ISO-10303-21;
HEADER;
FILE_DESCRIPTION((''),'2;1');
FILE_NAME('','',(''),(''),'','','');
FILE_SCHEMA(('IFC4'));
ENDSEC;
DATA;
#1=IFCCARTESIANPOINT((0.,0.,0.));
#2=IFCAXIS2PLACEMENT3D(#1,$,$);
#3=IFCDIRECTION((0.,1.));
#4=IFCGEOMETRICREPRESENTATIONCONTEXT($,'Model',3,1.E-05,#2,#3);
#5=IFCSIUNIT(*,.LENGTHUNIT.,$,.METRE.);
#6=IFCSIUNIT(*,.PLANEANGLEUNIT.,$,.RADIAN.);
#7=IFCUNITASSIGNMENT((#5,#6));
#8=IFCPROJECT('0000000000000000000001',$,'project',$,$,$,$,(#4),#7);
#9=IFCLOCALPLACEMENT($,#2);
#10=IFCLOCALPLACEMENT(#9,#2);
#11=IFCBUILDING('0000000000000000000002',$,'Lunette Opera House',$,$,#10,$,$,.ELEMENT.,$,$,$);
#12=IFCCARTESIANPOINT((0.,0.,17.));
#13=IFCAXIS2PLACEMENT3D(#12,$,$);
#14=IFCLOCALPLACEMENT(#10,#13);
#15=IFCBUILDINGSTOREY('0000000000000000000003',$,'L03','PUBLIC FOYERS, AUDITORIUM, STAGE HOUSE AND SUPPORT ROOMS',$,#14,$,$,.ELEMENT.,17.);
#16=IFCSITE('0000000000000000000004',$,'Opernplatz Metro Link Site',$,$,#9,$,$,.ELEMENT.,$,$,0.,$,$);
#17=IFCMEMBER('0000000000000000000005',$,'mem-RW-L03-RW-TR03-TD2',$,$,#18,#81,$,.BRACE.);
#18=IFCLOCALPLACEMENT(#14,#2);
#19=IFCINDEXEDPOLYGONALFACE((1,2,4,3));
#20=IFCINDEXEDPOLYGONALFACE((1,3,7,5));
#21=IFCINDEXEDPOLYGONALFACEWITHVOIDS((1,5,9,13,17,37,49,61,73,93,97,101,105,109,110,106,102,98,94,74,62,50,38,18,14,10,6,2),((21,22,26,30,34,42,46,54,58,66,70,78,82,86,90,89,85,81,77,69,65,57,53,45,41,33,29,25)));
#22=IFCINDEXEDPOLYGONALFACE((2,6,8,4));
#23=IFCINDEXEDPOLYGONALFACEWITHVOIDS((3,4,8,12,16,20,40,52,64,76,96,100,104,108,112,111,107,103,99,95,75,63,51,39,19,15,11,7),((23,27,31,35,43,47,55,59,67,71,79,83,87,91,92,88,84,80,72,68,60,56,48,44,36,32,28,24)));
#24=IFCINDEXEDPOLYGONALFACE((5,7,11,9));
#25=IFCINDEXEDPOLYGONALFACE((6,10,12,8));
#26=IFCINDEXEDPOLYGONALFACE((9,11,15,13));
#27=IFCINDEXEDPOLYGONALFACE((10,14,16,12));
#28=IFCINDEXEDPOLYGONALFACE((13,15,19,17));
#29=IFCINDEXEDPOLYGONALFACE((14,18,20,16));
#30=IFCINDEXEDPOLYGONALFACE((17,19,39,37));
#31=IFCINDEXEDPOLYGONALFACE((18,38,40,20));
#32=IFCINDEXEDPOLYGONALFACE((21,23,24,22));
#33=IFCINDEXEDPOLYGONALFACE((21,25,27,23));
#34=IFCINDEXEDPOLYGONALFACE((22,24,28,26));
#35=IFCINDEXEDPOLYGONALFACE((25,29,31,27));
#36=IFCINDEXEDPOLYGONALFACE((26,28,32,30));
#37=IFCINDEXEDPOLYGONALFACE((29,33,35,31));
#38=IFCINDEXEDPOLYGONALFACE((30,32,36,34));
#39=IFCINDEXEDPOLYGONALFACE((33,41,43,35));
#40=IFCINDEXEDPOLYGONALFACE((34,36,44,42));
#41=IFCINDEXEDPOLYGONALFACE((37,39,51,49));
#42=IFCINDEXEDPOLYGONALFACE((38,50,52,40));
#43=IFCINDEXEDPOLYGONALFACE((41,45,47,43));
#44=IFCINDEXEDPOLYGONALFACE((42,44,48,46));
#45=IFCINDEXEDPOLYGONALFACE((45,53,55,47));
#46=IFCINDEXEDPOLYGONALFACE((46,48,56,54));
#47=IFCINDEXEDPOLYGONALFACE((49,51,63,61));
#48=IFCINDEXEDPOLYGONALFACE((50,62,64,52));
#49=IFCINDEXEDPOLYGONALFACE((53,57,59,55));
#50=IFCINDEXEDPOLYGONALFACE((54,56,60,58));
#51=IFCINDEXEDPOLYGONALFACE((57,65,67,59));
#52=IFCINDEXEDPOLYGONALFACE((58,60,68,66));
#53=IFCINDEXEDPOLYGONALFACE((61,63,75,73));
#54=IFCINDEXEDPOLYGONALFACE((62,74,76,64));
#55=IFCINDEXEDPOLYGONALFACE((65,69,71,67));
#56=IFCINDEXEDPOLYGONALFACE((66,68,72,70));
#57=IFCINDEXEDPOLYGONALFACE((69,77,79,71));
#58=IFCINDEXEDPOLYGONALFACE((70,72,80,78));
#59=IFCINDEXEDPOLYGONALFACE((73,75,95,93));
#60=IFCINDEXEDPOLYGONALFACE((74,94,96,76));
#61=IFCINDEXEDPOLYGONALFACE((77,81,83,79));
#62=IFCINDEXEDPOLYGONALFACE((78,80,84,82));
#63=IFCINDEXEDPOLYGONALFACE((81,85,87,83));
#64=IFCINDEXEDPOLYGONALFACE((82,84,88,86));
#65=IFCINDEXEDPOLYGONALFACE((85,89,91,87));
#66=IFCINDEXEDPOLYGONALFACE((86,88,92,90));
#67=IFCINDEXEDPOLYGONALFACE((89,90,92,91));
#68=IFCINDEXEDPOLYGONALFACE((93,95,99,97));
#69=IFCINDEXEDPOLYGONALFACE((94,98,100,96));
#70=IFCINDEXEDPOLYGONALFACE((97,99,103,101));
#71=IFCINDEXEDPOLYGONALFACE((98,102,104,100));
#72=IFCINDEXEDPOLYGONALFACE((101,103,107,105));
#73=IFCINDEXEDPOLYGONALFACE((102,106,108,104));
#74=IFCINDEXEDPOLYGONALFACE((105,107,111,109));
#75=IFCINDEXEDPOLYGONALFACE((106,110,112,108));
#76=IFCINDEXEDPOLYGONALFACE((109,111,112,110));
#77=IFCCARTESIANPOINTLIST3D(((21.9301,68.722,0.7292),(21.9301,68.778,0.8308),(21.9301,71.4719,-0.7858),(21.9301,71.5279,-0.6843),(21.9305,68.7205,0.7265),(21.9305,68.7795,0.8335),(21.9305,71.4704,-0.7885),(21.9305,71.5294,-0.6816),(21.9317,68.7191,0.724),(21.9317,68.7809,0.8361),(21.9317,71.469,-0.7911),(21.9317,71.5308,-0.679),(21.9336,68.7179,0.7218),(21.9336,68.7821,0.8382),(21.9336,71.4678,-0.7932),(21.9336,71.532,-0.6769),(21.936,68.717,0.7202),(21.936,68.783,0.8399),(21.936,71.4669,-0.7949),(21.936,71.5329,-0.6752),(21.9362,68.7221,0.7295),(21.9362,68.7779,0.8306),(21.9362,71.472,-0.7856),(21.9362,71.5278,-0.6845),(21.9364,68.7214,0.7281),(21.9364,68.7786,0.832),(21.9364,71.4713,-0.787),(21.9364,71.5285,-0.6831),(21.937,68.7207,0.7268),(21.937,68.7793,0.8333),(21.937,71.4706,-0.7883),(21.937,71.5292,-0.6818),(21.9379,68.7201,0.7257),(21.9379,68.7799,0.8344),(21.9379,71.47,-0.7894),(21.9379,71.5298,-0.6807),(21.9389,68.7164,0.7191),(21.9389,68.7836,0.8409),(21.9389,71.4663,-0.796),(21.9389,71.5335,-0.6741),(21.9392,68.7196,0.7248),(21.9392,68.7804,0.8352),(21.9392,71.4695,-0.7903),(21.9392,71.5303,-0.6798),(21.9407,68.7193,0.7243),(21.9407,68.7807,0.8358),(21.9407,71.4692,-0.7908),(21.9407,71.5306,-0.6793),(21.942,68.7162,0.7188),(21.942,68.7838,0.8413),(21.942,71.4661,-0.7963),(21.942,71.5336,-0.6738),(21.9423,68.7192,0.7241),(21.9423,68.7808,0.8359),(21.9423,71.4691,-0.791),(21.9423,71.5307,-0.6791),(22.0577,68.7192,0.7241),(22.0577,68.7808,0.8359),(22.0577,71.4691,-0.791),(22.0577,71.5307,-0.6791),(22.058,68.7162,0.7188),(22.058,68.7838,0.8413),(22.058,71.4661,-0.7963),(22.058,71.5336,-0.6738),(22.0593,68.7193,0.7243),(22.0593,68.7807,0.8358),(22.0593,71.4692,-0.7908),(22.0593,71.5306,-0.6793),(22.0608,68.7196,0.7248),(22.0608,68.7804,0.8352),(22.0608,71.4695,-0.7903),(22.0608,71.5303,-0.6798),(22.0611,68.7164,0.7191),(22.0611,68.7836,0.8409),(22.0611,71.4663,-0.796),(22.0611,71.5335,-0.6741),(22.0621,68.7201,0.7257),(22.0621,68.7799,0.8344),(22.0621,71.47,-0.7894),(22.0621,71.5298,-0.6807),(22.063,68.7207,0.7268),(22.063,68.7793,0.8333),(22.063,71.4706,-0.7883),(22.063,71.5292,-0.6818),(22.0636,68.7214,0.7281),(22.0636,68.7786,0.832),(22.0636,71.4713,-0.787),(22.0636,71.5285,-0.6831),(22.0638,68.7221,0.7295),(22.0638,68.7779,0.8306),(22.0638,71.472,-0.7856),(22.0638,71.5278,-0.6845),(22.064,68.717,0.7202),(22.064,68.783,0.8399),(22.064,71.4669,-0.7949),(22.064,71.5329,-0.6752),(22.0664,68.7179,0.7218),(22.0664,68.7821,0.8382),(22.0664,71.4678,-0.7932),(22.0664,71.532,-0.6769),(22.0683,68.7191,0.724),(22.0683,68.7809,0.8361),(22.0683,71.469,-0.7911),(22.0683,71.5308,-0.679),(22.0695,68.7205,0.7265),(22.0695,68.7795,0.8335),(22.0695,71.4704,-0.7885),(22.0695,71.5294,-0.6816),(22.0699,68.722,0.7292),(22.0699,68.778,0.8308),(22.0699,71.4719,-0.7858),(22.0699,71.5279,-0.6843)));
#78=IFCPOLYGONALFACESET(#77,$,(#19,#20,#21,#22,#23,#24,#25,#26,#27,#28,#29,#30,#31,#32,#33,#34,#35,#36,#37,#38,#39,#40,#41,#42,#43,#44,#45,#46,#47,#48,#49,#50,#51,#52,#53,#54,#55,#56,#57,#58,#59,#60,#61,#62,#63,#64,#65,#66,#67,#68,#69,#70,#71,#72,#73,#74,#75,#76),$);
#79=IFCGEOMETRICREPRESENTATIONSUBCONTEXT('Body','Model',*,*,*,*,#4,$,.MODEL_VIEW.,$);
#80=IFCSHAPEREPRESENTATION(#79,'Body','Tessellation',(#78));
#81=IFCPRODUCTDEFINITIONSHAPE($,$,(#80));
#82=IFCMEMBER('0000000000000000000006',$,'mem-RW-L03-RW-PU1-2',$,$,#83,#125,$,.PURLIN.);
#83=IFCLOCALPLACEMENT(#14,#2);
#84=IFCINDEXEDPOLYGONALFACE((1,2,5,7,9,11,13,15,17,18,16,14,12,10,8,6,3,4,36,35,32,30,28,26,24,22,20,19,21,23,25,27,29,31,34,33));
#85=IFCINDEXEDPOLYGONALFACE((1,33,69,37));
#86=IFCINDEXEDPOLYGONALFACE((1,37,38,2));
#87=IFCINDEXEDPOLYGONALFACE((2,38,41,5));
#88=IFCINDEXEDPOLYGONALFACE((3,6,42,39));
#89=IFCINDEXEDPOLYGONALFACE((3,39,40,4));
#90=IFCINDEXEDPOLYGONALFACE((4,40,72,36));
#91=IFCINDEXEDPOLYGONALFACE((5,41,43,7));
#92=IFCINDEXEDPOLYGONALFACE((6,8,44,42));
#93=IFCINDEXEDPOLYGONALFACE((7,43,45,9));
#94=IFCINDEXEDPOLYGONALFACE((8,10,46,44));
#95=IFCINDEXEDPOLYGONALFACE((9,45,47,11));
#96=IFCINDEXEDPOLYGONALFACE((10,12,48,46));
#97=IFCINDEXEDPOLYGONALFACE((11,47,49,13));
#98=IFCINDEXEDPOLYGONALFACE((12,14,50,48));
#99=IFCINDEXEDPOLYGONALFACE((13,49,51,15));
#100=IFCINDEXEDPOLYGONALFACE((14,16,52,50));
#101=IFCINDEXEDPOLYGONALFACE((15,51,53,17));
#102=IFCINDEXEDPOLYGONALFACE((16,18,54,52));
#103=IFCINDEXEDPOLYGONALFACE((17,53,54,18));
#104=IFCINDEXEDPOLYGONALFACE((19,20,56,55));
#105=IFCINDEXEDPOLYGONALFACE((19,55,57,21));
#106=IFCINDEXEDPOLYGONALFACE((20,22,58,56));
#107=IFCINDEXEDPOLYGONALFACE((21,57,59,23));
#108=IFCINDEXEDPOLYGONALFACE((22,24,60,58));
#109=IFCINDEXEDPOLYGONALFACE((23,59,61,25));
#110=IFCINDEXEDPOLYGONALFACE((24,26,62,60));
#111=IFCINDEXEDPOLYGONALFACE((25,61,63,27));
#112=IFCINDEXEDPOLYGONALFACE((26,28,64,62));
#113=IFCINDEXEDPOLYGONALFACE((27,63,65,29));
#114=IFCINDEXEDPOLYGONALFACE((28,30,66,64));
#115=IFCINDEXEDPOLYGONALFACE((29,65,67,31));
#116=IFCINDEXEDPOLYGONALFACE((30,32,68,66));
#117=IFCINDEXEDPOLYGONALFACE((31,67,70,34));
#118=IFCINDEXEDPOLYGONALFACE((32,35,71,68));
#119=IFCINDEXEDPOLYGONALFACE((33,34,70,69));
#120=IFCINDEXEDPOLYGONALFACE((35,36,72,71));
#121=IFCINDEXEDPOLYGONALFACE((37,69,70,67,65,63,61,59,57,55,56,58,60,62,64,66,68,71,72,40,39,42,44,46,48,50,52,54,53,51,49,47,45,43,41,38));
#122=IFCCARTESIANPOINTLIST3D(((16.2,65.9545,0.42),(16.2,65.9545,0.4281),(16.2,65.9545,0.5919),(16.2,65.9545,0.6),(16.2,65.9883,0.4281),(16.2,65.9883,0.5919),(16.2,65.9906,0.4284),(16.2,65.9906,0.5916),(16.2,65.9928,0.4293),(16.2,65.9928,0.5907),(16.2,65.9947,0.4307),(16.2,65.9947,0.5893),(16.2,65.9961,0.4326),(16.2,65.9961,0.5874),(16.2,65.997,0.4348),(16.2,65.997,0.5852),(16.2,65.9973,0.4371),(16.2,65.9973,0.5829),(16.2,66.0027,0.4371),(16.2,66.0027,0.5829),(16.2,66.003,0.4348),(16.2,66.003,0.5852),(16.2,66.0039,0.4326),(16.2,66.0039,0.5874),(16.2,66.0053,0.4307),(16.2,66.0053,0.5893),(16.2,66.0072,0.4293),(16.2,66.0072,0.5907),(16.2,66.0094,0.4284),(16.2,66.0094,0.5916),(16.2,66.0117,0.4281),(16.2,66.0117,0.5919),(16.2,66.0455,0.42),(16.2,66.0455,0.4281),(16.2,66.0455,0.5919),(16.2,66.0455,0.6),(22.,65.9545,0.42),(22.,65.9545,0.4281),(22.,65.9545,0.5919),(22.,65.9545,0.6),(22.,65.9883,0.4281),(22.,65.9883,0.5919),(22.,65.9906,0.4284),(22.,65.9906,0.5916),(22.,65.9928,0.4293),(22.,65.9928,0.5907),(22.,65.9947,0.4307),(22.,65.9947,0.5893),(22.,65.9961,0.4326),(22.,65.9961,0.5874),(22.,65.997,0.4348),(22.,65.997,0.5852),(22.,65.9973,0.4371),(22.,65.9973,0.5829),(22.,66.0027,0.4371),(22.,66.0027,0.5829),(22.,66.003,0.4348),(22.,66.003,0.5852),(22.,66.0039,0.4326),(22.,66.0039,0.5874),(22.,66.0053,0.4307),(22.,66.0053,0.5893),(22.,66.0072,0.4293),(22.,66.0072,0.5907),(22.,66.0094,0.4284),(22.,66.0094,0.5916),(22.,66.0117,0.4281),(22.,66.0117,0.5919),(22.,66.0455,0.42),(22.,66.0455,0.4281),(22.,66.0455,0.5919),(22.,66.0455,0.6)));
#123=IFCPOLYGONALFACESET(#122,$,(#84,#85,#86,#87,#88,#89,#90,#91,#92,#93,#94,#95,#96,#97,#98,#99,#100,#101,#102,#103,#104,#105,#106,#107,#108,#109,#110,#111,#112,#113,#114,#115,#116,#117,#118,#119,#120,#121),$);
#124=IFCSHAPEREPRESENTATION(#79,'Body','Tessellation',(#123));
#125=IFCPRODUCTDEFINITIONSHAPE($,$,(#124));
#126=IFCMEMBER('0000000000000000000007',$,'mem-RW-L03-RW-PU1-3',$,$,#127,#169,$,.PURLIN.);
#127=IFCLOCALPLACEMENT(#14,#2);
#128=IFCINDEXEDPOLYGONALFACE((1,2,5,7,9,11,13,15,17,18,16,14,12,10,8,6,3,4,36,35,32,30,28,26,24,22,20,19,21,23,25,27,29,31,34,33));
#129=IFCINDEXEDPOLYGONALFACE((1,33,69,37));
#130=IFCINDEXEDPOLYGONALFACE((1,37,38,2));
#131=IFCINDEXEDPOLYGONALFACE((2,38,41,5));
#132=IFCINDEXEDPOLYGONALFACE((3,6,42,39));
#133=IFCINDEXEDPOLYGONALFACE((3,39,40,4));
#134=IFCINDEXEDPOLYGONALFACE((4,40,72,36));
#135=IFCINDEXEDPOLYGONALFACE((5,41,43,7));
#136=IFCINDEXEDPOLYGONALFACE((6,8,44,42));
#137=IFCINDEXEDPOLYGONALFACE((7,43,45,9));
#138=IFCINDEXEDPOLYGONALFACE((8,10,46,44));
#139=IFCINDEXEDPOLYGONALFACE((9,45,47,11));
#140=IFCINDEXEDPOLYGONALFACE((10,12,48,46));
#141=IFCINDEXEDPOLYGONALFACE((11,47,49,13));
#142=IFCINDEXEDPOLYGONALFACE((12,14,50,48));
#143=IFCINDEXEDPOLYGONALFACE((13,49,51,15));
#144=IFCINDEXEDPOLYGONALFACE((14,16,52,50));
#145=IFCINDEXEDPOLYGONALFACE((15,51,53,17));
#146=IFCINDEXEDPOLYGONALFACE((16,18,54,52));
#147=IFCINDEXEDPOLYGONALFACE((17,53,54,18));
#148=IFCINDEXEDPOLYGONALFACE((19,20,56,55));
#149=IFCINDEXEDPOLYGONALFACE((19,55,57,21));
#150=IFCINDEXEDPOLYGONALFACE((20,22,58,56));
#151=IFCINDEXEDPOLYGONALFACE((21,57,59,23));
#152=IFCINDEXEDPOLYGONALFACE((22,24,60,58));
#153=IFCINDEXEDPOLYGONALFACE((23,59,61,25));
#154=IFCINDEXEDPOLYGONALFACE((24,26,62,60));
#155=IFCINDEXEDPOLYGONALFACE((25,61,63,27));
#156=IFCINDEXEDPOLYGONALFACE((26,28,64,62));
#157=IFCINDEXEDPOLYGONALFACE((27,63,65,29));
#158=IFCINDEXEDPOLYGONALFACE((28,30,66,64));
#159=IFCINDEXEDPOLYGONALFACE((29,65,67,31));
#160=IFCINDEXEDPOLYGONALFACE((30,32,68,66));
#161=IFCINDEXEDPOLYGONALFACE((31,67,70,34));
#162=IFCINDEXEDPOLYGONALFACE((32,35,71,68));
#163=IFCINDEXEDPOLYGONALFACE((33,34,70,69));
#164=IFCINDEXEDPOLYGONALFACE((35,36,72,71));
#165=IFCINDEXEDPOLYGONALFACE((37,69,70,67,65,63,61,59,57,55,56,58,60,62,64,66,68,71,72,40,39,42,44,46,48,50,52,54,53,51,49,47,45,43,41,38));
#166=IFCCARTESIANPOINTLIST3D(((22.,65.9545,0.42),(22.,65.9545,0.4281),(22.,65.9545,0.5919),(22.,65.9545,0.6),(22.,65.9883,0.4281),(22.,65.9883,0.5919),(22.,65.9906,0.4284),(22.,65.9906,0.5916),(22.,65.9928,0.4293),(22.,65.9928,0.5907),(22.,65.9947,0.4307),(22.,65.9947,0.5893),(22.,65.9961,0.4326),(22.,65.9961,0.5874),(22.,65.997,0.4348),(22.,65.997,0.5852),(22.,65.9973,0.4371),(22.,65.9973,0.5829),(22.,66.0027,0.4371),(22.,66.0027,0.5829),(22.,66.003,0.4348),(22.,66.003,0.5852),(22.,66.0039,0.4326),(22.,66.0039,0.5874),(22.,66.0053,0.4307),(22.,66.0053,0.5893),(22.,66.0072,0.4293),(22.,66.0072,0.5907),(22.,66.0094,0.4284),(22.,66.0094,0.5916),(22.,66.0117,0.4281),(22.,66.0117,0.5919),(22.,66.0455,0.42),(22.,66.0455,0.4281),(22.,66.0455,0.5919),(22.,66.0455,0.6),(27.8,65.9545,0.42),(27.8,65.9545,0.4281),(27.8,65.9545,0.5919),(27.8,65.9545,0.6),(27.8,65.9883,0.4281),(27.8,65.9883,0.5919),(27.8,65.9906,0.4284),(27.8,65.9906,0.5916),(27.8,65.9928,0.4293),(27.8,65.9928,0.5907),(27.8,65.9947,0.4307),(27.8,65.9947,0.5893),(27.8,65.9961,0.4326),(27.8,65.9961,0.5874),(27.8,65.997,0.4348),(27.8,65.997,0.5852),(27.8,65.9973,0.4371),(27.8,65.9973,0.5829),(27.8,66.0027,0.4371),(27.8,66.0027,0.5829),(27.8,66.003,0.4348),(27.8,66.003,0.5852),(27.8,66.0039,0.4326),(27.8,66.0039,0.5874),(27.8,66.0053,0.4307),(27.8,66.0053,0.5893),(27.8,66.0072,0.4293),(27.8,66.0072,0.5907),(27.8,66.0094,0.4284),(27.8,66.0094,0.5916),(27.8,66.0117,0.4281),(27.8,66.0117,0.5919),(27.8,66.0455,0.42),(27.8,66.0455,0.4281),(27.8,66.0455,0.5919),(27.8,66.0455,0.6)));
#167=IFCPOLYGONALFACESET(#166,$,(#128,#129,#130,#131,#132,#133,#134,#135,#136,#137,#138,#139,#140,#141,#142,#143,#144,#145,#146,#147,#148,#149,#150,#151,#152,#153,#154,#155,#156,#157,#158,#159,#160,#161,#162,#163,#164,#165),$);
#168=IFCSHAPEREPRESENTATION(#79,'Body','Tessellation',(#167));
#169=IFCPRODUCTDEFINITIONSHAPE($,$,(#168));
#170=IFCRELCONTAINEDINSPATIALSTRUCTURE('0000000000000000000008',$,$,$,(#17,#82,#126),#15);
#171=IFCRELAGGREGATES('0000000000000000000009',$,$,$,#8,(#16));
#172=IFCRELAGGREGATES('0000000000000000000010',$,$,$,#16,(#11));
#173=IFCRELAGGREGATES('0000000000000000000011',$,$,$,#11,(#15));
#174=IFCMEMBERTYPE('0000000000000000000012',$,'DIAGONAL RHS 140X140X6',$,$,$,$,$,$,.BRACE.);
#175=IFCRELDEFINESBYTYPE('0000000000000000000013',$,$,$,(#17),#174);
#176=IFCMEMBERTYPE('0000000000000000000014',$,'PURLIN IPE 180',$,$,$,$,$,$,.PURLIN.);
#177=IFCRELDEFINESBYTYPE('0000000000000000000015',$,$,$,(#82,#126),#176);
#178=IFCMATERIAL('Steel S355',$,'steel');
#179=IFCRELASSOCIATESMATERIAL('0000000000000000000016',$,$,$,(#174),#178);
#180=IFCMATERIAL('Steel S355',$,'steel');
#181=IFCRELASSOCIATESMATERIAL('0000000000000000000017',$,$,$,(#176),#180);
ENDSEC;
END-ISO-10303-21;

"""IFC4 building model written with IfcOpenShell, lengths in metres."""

from ifc_helpers import new_model, si_unit, direction, frame, origin, origin_2d, place, context, subcontext, project, spatial, hollow_rectangle, i_section, extrude, material, material_profile, profile_set, type_object, element, save


model = new_model("IFC4")

# Units and contexts
model_context = context("Model", 3, precision=1e-05, world=origin(), true_north=direction((0.0, 1.0)))
body_context = subcontext(model_context, "Body", "Model", "MODEL_VIEW")
ifc_project = project(units=[si_unit("LENGTHUNIT", "METRE"), si_unit("PLANEANGLEUNIT", "RADIAN")], contexts=[model_context])

# Site, building, storey
site_placement = place(None, origin())
site = spatial("IfcSite", under=ifc_project, at=site_placement, Name="Opernplatz Metro Link Site", CompositionType="ELEMENT", RefElevation=0.0)
building_placement = place(site_placement, origin())
building = spatial("IfcBuilding", under=site, at=building_placement, Name="Lunette Opera House", CompositionType="ELEMENT")
storey_placement = place(building_placement, frame((0.0, 0.0, 17.0)))
storey = spatial("IfcBuildingStorey", under=building, at=storey_placement, Name="L03", Description="PUBLIC FOYERS, AUDITORIUM, STAGE HOUSE AND SUPPORT ROOMS", CompositionType="ELEMENT", Elevation=17.0)

# Members
ifc_material_1 = material(Name="Steel S355", Category="steel")
ifc_material_profile_1 = material_profile(ifc_material_1, hollow_rectangle(XDim=0.1399, YDim=0.1399, WallThickness=0.0061, InnerFilletRadius=0.0061, OuterFilletRadius=0.012, at=origin_2d()), Name="RHS 140X140X6")
ifc_profile_set_1 = profile_set([ifc_material_profile_1], Name="Steel S355")
member_type_1 = type_object("IfcMemberType", Name="DIAGONAL RHS 140X140X6", PredefinedType="BRACE", material=ifc_profile_set_1)
member_1_placement = place(storey_placement, frame((22.0, 68.75, 0.78), z_axis=(0.0, 0.875861, -0.482563), x_axis=(-1.0, 0.0, 0.0)))
element("IfcMember", 1, at=member_1_placement, inside=storey, type_object=member_type_1, Name="mem-RW-L03-RW-TR03-TD2", PredefinedType="BRACE", context=body_context, shape_type="SweptSolid", body=[
    extrude(hollow_rectangle(XDim=0.1399, YDim=0.1399, WallThickness=0.0061, InnerFilletRadius=0.0061, OuterFilletRadius=0.012, at=origin_2d()), origin(), (0.0, 0.0, 1.0), 3.1396),
])
ifc_material_2 = material(Name="Steel S355", Category="steel")
ifc_material_profile_2 = material_profile(ifc_material_2, i_section(OverallWidth=0.0911, OverallDepth=0.1799, WebThickness=0.0054, FlangeThickness=0.0081, FilletRadius=0.009, at=origin_2d()), Name="IPE 180")
ifc_profile_set_2 = profile_set([ifc_material_profile_2], Name="Steel S355")
member_type_2 = type_object("IfcMemberType", Name="PURLIN IPE 180", PredefinedType="PURLIN", material=ifc_profile_set_2)
for number, where, z_axis, x_axis, name in (
    (2, (16.2, 66.0, 0.51), (1.0, 0.0, 0.0), (0.0, 1.0, 0.0), "mem-RW-L03-RW-PU1-2"),
    (3, (22.0, 66.0, 0.51), (1.0, 0.0, 0.0), (0.0, 1.0, 0.0), "mem-RW-L03-RW-PU1-3"),
):
    element("IfcMember", number, at=place(storey_placement, frame(where, z_axis=z_axis, x_axis=x_axis)), inside=storey, type_object=member_type_2, Name=name, PredefinedType="PURLIN", context=body_context, shape_type="SweptSolid", body=[
        extrude(i_section(OverallWidth=0.0911, OverallDepth=0.1799, WebThickness=0.0054, FlangeThickness=0.0081, FilletRadius=0.009, at=origin_2d()), origin(), (0.0, 0.0, 1.0), 5.8),
    ])

save(model, "model.ifc")
